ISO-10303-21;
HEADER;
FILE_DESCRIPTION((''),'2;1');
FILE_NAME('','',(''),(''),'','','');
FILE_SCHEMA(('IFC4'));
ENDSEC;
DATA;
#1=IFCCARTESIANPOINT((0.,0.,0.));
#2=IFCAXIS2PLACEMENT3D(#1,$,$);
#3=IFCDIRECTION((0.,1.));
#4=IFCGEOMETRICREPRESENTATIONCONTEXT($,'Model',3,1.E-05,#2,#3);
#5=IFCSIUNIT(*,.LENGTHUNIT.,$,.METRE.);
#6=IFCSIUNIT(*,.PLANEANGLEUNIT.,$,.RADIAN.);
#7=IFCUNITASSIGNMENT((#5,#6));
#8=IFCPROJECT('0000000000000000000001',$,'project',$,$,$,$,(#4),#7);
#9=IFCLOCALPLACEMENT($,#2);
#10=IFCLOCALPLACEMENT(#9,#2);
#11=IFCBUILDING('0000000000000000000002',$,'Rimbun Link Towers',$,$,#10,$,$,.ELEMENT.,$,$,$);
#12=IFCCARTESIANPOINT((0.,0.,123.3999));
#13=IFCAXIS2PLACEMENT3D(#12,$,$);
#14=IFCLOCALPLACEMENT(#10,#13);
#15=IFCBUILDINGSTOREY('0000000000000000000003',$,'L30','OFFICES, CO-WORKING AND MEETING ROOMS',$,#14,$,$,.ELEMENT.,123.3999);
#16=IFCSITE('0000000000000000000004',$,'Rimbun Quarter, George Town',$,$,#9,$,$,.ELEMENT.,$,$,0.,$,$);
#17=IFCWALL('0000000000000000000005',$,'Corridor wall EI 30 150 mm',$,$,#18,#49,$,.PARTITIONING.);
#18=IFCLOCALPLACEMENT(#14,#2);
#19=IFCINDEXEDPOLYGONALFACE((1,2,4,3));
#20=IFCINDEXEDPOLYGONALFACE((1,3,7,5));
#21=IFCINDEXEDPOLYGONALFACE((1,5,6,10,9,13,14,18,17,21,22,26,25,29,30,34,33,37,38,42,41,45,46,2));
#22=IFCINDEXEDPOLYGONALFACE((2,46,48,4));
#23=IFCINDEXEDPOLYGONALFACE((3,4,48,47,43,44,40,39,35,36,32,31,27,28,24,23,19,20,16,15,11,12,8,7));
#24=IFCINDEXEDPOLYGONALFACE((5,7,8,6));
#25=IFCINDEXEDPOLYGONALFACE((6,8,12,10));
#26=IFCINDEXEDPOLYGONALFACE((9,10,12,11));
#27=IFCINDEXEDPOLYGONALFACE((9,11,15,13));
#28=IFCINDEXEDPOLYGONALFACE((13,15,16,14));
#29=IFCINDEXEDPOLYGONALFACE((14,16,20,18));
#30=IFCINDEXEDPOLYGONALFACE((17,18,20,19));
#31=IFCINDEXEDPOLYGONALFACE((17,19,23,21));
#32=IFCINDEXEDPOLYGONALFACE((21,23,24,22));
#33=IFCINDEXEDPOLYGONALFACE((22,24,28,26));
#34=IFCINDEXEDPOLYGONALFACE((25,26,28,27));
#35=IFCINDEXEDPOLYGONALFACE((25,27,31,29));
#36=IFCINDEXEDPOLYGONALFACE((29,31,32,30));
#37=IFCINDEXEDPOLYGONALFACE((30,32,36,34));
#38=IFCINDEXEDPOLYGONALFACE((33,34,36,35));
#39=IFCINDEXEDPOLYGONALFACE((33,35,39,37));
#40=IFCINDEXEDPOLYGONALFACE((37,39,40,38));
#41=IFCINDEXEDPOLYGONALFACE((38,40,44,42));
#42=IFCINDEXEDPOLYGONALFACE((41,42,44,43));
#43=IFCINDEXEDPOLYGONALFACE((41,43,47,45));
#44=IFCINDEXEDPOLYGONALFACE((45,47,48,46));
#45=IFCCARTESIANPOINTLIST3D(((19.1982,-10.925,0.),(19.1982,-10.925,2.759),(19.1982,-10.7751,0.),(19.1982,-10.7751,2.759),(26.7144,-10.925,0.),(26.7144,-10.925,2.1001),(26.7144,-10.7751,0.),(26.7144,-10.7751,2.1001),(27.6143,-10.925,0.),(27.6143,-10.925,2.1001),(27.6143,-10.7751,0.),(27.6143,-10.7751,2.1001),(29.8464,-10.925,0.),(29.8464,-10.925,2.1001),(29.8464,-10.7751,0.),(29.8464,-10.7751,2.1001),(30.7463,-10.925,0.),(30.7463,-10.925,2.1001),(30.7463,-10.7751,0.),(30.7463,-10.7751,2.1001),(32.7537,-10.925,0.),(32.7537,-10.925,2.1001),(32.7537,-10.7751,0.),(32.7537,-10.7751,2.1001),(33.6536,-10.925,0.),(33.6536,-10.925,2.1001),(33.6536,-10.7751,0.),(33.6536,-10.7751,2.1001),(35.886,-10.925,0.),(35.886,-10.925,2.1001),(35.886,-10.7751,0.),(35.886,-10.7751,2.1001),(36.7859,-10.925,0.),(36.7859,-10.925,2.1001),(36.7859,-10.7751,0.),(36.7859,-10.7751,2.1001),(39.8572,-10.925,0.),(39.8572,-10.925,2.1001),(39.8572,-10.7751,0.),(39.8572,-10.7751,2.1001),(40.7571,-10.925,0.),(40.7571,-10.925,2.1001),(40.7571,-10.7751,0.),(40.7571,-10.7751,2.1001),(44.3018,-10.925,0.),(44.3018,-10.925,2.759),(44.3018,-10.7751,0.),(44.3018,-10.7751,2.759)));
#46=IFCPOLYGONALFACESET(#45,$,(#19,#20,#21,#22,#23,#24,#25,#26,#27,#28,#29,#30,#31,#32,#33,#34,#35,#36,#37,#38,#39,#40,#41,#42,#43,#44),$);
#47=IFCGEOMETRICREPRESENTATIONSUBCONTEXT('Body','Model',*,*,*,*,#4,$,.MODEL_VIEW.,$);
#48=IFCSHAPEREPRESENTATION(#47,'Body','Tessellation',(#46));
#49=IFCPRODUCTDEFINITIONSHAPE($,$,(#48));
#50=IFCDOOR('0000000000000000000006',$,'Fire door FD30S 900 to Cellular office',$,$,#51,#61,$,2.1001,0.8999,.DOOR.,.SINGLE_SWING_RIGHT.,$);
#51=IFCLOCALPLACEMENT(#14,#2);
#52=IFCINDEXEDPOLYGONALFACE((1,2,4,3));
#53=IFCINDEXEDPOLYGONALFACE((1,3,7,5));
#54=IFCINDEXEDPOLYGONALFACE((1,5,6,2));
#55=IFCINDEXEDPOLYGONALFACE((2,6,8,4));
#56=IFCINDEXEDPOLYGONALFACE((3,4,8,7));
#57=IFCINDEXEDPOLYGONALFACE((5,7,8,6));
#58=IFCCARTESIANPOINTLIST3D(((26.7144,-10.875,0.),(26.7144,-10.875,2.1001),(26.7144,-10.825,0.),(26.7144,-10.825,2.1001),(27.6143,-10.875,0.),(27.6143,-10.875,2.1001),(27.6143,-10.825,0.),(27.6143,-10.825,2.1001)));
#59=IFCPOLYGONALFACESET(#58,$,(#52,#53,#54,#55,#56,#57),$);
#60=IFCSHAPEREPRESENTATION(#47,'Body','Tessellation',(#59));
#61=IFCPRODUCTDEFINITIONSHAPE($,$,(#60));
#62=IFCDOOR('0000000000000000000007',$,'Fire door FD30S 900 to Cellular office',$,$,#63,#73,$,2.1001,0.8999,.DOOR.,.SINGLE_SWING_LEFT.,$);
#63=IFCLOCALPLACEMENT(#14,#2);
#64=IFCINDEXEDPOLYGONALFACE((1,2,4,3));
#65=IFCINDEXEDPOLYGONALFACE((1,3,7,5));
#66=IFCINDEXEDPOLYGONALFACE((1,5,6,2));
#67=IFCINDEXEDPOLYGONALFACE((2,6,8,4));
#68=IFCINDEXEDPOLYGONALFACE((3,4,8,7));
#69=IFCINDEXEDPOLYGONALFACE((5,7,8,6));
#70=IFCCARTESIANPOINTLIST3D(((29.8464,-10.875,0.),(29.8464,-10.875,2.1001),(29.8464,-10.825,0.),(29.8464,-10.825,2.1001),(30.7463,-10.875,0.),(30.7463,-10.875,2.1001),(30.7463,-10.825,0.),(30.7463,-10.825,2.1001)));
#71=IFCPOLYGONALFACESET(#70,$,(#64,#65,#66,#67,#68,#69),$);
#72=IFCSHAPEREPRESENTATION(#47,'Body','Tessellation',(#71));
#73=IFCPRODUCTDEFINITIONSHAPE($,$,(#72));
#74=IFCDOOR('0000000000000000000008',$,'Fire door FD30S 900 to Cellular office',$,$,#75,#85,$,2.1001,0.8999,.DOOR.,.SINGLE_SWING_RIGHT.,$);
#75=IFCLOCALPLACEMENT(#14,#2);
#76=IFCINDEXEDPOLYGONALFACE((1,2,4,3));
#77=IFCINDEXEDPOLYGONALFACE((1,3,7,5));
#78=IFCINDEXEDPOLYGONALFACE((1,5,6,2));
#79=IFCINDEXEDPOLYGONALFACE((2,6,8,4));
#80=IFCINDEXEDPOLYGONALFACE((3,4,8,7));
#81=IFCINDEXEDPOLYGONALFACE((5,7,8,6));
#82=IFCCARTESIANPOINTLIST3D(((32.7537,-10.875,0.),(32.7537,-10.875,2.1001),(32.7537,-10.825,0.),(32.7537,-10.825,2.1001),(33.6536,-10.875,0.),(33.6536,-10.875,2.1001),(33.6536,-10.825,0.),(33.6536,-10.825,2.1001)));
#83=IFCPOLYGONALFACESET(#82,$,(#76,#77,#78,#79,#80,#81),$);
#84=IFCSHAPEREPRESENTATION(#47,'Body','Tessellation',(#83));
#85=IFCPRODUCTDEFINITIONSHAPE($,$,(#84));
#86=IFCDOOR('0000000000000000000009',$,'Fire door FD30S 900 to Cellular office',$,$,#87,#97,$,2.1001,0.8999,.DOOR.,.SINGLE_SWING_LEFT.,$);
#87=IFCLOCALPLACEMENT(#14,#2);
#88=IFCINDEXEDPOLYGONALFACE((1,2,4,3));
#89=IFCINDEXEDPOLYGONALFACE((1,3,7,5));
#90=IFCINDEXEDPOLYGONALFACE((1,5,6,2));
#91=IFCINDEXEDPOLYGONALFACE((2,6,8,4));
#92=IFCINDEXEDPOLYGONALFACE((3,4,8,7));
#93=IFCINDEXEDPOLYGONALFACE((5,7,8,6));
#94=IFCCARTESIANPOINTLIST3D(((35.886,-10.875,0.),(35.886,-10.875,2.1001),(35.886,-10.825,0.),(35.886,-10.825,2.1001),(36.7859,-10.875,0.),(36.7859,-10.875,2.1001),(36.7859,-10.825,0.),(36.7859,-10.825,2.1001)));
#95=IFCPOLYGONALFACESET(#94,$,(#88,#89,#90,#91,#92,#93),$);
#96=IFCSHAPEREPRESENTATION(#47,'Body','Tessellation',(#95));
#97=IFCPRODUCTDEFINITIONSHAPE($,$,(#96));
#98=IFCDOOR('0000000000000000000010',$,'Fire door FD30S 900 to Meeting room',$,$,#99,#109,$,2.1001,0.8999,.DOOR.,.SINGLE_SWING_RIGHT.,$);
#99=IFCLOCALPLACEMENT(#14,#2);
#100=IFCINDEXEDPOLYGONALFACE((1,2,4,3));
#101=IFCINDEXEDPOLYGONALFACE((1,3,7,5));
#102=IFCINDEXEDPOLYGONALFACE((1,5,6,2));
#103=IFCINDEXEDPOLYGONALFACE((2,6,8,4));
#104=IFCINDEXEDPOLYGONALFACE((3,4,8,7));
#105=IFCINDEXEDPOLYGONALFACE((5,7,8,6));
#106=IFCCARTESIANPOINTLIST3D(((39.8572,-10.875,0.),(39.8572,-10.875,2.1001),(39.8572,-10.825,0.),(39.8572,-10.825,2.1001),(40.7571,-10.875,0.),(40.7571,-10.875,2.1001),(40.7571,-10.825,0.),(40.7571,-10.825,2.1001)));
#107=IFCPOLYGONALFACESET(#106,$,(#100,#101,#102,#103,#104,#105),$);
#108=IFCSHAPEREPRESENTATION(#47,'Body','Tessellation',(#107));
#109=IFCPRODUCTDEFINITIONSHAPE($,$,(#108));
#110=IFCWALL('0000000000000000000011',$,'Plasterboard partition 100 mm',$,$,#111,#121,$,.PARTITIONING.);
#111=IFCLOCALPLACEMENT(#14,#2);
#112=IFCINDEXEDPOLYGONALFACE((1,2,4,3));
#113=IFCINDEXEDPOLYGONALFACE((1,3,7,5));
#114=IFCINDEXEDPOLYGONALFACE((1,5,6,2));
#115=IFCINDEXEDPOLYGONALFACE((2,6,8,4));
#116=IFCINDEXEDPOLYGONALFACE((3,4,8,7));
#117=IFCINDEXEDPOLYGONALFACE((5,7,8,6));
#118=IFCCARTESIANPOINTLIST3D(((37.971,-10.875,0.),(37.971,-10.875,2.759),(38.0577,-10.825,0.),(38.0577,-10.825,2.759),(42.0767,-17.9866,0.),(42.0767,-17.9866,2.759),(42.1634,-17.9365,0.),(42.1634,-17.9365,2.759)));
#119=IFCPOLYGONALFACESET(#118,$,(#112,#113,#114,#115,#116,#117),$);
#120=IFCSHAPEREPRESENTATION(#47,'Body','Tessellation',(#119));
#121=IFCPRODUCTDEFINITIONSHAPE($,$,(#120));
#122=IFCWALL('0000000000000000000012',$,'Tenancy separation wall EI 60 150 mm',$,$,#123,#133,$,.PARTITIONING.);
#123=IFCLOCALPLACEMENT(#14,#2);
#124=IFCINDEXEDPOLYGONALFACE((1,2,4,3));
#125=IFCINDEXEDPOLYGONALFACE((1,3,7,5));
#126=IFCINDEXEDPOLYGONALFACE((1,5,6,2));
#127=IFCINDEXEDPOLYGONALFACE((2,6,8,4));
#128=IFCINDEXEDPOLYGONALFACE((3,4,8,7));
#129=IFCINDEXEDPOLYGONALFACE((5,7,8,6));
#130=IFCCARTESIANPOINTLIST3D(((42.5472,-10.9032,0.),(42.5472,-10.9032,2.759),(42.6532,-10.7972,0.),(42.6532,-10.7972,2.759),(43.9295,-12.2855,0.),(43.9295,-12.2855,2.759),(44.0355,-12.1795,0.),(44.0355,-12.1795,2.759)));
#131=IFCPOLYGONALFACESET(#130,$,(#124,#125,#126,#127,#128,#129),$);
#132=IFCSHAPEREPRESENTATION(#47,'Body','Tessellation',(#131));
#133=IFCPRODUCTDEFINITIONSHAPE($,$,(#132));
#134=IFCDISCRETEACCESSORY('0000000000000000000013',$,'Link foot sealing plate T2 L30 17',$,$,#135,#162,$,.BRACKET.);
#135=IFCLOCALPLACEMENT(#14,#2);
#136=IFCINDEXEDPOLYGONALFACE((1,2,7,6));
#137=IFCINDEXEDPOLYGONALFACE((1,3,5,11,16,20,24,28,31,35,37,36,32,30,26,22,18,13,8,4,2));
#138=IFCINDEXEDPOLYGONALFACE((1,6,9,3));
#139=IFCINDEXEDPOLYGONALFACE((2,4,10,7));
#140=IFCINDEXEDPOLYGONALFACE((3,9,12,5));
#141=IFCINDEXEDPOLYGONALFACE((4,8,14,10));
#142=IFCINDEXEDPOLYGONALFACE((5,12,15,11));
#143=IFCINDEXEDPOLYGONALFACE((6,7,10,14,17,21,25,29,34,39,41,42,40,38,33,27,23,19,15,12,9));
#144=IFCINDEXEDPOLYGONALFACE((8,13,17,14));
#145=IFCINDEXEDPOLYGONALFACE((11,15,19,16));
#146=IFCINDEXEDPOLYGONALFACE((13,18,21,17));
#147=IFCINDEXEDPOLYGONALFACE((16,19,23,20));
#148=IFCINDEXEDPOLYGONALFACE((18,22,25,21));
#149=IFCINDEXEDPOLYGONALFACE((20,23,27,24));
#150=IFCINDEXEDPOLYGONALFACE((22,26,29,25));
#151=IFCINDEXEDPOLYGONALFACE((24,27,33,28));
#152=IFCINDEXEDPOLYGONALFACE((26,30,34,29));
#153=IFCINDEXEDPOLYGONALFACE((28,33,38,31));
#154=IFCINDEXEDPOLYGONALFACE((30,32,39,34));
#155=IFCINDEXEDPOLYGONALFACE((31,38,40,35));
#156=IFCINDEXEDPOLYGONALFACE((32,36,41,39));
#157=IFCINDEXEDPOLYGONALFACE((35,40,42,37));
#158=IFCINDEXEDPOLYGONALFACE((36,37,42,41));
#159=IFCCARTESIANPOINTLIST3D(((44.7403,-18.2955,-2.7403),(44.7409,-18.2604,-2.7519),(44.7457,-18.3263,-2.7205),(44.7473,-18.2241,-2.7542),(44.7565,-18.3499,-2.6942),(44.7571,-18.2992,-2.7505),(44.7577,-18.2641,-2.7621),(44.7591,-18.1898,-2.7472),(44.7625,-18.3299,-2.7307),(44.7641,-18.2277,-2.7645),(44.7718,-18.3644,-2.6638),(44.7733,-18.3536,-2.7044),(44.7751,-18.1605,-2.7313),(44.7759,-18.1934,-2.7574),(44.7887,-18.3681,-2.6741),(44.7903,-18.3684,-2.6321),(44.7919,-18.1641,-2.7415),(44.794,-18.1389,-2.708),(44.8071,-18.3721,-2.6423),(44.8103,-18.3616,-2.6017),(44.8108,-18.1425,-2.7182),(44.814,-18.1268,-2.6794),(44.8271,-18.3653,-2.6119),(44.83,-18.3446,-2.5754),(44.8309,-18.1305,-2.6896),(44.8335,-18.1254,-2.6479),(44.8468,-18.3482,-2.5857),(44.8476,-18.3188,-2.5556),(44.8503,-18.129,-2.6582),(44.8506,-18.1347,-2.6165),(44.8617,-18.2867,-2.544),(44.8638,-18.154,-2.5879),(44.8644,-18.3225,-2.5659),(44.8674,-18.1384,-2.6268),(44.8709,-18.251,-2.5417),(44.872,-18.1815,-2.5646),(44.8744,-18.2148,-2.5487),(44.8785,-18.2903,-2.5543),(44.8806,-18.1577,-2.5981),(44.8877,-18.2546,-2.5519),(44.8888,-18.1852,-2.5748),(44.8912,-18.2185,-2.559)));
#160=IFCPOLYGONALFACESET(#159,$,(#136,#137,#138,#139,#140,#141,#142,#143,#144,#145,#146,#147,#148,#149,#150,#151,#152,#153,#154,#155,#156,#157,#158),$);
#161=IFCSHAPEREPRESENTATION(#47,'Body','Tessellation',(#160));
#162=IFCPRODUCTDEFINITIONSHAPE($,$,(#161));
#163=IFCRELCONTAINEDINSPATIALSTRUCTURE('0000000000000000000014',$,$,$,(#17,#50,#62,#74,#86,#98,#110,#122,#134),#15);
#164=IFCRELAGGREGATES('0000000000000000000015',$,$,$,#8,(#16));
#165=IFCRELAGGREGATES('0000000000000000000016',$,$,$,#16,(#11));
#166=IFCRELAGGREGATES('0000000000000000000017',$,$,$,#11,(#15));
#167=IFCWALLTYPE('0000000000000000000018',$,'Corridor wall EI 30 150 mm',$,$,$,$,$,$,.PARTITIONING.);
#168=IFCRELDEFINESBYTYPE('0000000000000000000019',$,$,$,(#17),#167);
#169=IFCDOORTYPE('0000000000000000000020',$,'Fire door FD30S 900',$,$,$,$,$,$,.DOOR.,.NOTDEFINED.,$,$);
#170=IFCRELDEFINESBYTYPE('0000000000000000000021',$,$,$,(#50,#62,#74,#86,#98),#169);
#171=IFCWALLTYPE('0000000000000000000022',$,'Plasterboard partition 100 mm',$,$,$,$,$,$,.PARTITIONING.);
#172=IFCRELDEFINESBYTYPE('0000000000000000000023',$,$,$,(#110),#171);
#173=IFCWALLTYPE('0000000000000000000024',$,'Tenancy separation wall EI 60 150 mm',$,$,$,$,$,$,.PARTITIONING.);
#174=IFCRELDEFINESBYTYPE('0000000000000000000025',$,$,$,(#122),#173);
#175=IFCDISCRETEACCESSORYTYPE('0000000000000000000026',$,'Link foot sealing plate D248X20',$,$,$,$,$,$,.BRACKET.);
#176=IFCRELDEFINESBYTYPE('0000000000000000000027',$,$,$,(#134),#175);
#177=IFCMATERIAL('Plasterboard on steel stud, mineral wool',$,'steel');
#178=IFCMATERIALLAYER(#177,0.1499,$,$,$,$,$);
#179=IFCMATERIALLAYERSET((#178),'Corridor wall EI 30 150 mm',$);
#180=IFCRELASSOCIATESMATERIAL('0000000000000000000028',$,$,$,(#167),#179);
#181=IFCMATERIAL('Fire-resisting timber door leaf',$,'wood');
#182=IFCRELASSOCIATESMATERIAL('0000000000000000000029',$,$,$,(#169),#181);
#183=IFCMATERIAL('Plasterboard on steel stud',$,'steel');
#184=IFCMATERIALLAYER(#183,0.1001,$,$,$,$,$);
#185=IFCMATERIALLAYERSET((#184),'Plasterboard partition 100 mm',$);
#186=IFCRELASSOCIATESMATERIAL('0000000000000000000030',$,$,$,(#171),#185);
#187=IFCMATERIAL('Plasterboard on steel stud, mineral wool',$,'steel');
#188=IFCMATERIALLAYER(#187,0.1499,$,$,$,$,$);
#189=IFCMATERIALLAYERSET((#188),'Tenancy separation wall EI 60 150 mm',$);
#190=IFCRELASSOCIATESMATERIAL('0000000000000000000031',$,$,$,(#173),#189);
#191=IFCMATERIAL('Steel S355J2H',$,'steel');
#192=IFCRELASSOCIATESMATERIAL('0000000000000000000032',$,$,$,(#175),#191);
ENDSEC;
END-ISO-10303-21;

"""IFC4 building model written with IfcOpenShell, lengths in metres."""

from ifc_helpers import new_model, si_unit, direction, frame, frame_2d, origin, origin_2d, place, context, subcontext, project, spatial, rectangle, circle, extrude, material, layer, layer_set, material_profile, profile_set, type_object, element, fill, save


model = new_model("IFC4")

# Units and contexts
model_context = context("Model", 3, precision=1e-05, world=origin(), true_north=direction((0.0, 1.0)))
body_context = subcontext(model_context, "Body", "Model", "MODEL_VIEW")
ifc_project = project(units=[si_unit("LENGTHUNIT", "METRE"), si_unit("PLANEANGLEUNIT", "RADIAN")], contexts=[model_context])

# Site, building, storey
site_placement = place(None, origin())
site = spatial("IfcSite", under=ifc_project, at=site_placement, Name="Rimbun Quarter, George Town", CompositionType="ELEMENT", RefElevation=0.0)
building_placement = place(site_placement, origin())
building = spatial("IfcBuilding", under=site, at=building_placement, Name="Rimbun Link Towers", CompositionType="ELEMENT")
storey_placement = place(building_placement, frame((0.0, 0.0, 123.3999)))
storey = spatial("IfcBuildingStorey", under=building, at=storey_placement, Name="L30", Description="OFFICES, CO-WORKING AND MEETING ROOMS", CompositionType="ELEMENT", Elevation=123.3999)

# Shared definitions
ifc_material_1 = material(Name="Plasterboard on steel stud, mineral wool", Category="steel")
ifc_layer_1 = layer(ifc_material_1, 0.1499)
ifc_layer_set_1 = layer_set([ifc_layer_1], Name="Corridor wall EI 30 150 mm")
wall_type_1 = type_object("IfcWallType", Name="Corridor wall EI 30 150 mm", PredefinedType="PARTITIONING", material=ifc_layer_set_1)

# Wall, openings, doors
wall_1_placement = place(storey_placement, frame((44.3018, -10.8501, 0.0), z_axis=(0.0, 0.0, 1.0), x_axis=(-1.0, 0.0, 0.0)))
wall_1 = element("IfcWall", 1, at=wall_1_placement, inside=storey, type_object=wall_type_1, Name="Corridor wall EI 30 150 mm", PredefinedType="PARTITIONING", context=body_context, shape_type="SweptSolid", body=[
    extrude(rectangle(XDim=25.1035, YDim=0.1499, at=frame_2d((12.5518, 0.0))), origin(), (0.0, 0.0, 1.0), 2.759),
])
opening_1_placement = place(wall_1_placement, frame((16.6875, 0.0, 0.0)))
opening_1 = element("IfcOpeningElement", 2, at=opening_1_placement, cuts=wall_1, PredefinedType="OPENING", context=body_context, shape_type="SweptSolid", body=[
    extrude(rectangle(XDim=0.8999, YDim=2.1001, at=frame_2d((0.45, 1.05))), frame((0.0, 0.085, 0.0), z_axis=(0.0, -1.0, 0.0), x_axis=(1.0, 0.0, 0.0)), (0.0, 0.0, 1.0), 0.1699),
])
opening_2_placement = place(wall_1_placement, frame((13.5554, 0.0, 0.0)))
opening_2 = element("IfcOpeningElement", 3, at=opening_2_placement, cuts=wall_1, PredefinedType="OPENING", context=body_context, shape_type="SweptSolid", body=[
    extrude(rectangle(XDim=0.8999, YDim=2.1001, at=frame_2d((0.45, 1.05))), frame((0.0, 0.085, 0.0), z_axis=(0.0, -1.0, 0.0), x_axis=(1.0, 0.0, 0.0)), (0.0, 0.0, 1.0), 0.1699),
])
opening_3_placement = place(wall_1_placement, frame((10.6482, 0.0, 0.0)))
opening_3 = element("IfcOpeningElement", 4, at=opening_3_placement, cuts=wall_1, PredefinedType="OPENING", context=body_context, shape_type="SweptSolid", body=[
    extrude(rectangle(XDim=0.8999, YDim=2.1001, at=frame_2d((0.45, 1.05))), frame((0.0, 0.085, 0.0), z_axis=(0.0, -1.0, 0.0), x_axis=(1.0, 0.0, 0.0)), (0.0, 0.0, 1.0), 0.1699),
])
opening_4_placement = place(wall_1_placement, frame((7.5159, 0.0, 0.0)))
opening_4 = element("IfcOpeningElement", 5, at=opening_4_placement, cuts=wall_1, PredefinedType="OPENING", context=body_context, shape_type="SweptSolid", body=[
    extrude(rectangle(XDim=0.8999, YDim=2.1001, at=frame_2d((0.45, 1.05))), frame((0.0, 0.085, 0.0), z_axis=(0.0, -1.0, 0.0), x_axis=(1.0, 0.0, 0.0)), (0.0, 0.0, 1.0), 0.1699),
])
opening_5_placement = place(wall_1_placement, frame((3.5447, 0.0, 0.0)))
opening_5 = element("IfcOpeningElement", 6, at=opening_5_placement, cuts=wall_1, PredefinedType="OPENING", context=body_context, shape_type="SweptSolid", body=[
    extrude(rectangle(XDim=0.8999, YDim=2.1001, at=frame_2d((0.45, 1.05))), frame((0.0, 0.085, 0.0), z_axis=(0.0, -1.0, 0.0), x_axis=(1.0, 0.0, 0.0)), (0.0, 0.0, 1.0), 0.1699),
])
ifc_material_2 = material(Name="Fire-resisting timber door leaf", Category="wood")
door_type = type_object("IfcDoorType", Name="Fire door FD30S 900", OperationType="NOTDEFINED", PredefinedType="DOOR", material=ifc_material_2)
door_1_placement = place(opening_1_placement, origin())
door_1 = element("IfcDoor", 7, at=door_1_placement, inside=storey, type_object=door_type, Name="Fire door FD30S 900 to Cellular office", OperationType="SINGLE_SWING_RIGHT", OverallHeight=2.1001, OverallWidth=0.8999, PredefinedType="DOOR", context=body_context, shape_type="SweptSolid", body=[
    extrude(rectangle(XDim=0.8999, YDim=2.1001, at=frame_2d((0.45, 1.05))), frame((0.0, 0.0249, 0.0), z_axis=(0.0, -1.0, 0.0), x_axis=(1.0, 0.0, 0.0)), (0.0, 0.0, 1.0), 0.05),
])
fill(opening_1, door_1)
door_2_placement = place(opening_2_placement, origin())
door_2 = element("IfcDoor", 8, at=door_2_placement, inside=storey, type_object=door_type, Name="Fire door FD30S 900 to Cellular office", OperationType="SINGLE_SWING_LEFT", OverallHeight=2.1001, OverallWidth=0.8999, PredefinedType="DOOR", context=body_context, shape_type="SweptSolid", body=[
    extrude(rectangle(XDim=0.8999, YDim=2.1001, at=frame_2d((0.45, 1.05))), frame((0.0, 0.0249, 0.0), z_axis=(0.0, -1.0, 0.0), x_axis=(1.0, 0.0, 0.0)), (0.0, 0.0, 1.0), 0.05),
])
fill(opening_2, door_2)
door_3_placement = place(opening_3_placement, origin())
door_3 = element("IfcDoor", 9, at=door_3_placement, inside=storey, type_object=door_type, Name="Fire door FD30S 900 to Cellular office", OperationType="SINGLE_SWING_RIGHT", OverallHeight=2.1001, OverallWidth=0.8999, PredefinedType="DOOR", context=body_context, shape_type="SweptSolid", body=[
    extrude(rectangle(XDim=0.8999, YDim=2.1001, at=frame_2d((0.45, 1.05))), frame((0.0, 0.0249, 0.0), z_axis=(0.0, -1.0, 0.0), x_axis=(1.0, 0.0, 0.0)), (0.0, 0.0, 1.0), 0.05),
])
fill(opening_3, door_3)
door_4_placement = place(opening_4_placement, origin())
door_4 = element("IfcDoor", 10, at=door_4_placement, inside=storey, type_object=door_type, Name="Fire door FD30S 900 to Cellular office", OperationType="SINGLE_SWING_LEFT", OverallHeight=2.1001, OverallWidth=0.8999, PredefinedType="DOOR", context=body_context, shape_type="SweptSolid", body=[
    extrude(rectangle(XDim=0.8999, YDim=2.1001, at=frame_2d((0.45, 1.05))), frame((0.0, 0.0249, 0.0), z_axis=(0.0, -1.0, 0.0), x_axis=(1.0, 0.0, 0.0)), (0.0, 0.0, 1.0), 0.05),
])
fill(opening_4, door_4)
door_5_placement = place(opening_5_placement, origin())
door_5 = element("IfcDoor", 11, at=door_5_placement, inside=storey, type_object=door_type, Name="Fire door FD30S 900 to Meeting room", OperationType="SINGLE_SWING_RIGHT", OverallHeight=2.1001, OverallWidth=0.8999, PredefinedType="DOOR", context=body_context, shape_type="SweptSolid", body=[
    extrude(rectangle(XDim=0.8999, YDim=2.1001, at=frame_2d((0.45, 1.05))), frame((0.0, 0.0249, 0.0), z_axis=(0.0, -1.0, 0.0), x_axis=(1.0, 0.0, 0.0)), (0.0, 0.0, 1.0), 0.05),
])
fill(opening_5, door_5)

# Walls
ifc_material_3 = material(Name="Plasterboard on steel stud", Category="steel")
ifc_layer_2 = layer(ifc_material_3, 0.1001)
ifc_layer_set_2 = layer_set([ifc_layer_2], Name="Plasterboard partition 100 mm")
wall_type_2 = type_object("IfcWallType", Name="Plasterboard partition 100 mm", PredefinedType="PARTITIONING", material=ifc_layer_set_2)
wall_2_placement = place(storey_placement, frame((42.1201, -17.9617, 0.0), z_axis=(0.0, 0.0, 1.0), x_axis=(-0.499986, 0.866034, 0.0)))
element("IfcWall", 12, at=wall_2_placement, inside=storey, type_object=wall_type_2, Name="Plasterboard partition 100 mm", PredefinedType="PARTITIONING", context=body_context, shape_type="SweptSolid", body=[
    extrude(rectangle(XDim=8.2117, YDim=0.1001, at=frame_2d((4.106, 0.0))), origin(), (0.0, 0.0, 1.0), 2.759),
])
ifc_material_4 = material(Name="Plasterboard on steel stud, mineral wool", Category="steel")
ifc_layer_3 = layer(ifc_material_4, 0.1499)
ifc_layer_set_3 = layer_set([ifc_layer_3], Name="Tenancy separation wall EI 60 150 mm")
wall_type_3 = type_object("IfcWallType", Name="Tenancy separation wall EI 60 150 mm", PredefinedType="PARTITIONING", material=ifc_layer_set_3)
wall_3_placement = place(storey_placement, frame((42.6001, -10.8501, 0.0), z_axis=(0.0, 0.0, 1.0), x_axis=(0.707107, -0.707107, 0.0)))
element("IfcWall", 13, at=wall_3_placement, inside=storey, type_object=wall_type_3, Name="Tenancy separation wall EI 60 150 mm", PredefinedType="PARTITIONING", context=body_context, shape_type="SweptSolid", body=[
    extrude(rectangle(XDim=1.9548, YDim=0.1499, at=frame_2d((0.9775, 0.0))), origin(), (0.0, 0.0, 1.0), 2.759),
])

# Discrete accessory
ifc_material_5 = material(Name="Steel S355J2H", Category="steel")
ifc_material_profile_1 = material_profile(ifc_material_5, circle(Radius=0.124, at=origin_2d()), Name="PL D248")
ifc_profile_set_1 = profile_set([ifc_material_profile_1], Name="Steel S355J2H")
discrete_accessory_type = type_object("IfcDiscreteAccessoryType", Name="Link foot sealing plate D248X20", PredefinedType="BRACKET", material=ifc_profile_set_1)
discrete_accessory_1_placement = place(storey_placement, frame((44.8071, -18.2466, -2.6479), z_axis=(0.839841, -0.182574, -0.511208), x_axis=(0.21243, 0.977176, 0.0)))
element("IfcDiscreteAccessory", 14, at=discrete_accessory_1_placement, inside=storey, type_object=discrete_accessory_type, Name="Link foot sealing plate T2 L30 17", PredefinedType="BRACKET", context=body_context, shape_type="SweptSolid", body=[
    extrude(circle(Radius=0.124, at=origin_2d()), origin(), (0.0, 0.0, 1.0), 0.02),
])

save(model, "model.ifc")
